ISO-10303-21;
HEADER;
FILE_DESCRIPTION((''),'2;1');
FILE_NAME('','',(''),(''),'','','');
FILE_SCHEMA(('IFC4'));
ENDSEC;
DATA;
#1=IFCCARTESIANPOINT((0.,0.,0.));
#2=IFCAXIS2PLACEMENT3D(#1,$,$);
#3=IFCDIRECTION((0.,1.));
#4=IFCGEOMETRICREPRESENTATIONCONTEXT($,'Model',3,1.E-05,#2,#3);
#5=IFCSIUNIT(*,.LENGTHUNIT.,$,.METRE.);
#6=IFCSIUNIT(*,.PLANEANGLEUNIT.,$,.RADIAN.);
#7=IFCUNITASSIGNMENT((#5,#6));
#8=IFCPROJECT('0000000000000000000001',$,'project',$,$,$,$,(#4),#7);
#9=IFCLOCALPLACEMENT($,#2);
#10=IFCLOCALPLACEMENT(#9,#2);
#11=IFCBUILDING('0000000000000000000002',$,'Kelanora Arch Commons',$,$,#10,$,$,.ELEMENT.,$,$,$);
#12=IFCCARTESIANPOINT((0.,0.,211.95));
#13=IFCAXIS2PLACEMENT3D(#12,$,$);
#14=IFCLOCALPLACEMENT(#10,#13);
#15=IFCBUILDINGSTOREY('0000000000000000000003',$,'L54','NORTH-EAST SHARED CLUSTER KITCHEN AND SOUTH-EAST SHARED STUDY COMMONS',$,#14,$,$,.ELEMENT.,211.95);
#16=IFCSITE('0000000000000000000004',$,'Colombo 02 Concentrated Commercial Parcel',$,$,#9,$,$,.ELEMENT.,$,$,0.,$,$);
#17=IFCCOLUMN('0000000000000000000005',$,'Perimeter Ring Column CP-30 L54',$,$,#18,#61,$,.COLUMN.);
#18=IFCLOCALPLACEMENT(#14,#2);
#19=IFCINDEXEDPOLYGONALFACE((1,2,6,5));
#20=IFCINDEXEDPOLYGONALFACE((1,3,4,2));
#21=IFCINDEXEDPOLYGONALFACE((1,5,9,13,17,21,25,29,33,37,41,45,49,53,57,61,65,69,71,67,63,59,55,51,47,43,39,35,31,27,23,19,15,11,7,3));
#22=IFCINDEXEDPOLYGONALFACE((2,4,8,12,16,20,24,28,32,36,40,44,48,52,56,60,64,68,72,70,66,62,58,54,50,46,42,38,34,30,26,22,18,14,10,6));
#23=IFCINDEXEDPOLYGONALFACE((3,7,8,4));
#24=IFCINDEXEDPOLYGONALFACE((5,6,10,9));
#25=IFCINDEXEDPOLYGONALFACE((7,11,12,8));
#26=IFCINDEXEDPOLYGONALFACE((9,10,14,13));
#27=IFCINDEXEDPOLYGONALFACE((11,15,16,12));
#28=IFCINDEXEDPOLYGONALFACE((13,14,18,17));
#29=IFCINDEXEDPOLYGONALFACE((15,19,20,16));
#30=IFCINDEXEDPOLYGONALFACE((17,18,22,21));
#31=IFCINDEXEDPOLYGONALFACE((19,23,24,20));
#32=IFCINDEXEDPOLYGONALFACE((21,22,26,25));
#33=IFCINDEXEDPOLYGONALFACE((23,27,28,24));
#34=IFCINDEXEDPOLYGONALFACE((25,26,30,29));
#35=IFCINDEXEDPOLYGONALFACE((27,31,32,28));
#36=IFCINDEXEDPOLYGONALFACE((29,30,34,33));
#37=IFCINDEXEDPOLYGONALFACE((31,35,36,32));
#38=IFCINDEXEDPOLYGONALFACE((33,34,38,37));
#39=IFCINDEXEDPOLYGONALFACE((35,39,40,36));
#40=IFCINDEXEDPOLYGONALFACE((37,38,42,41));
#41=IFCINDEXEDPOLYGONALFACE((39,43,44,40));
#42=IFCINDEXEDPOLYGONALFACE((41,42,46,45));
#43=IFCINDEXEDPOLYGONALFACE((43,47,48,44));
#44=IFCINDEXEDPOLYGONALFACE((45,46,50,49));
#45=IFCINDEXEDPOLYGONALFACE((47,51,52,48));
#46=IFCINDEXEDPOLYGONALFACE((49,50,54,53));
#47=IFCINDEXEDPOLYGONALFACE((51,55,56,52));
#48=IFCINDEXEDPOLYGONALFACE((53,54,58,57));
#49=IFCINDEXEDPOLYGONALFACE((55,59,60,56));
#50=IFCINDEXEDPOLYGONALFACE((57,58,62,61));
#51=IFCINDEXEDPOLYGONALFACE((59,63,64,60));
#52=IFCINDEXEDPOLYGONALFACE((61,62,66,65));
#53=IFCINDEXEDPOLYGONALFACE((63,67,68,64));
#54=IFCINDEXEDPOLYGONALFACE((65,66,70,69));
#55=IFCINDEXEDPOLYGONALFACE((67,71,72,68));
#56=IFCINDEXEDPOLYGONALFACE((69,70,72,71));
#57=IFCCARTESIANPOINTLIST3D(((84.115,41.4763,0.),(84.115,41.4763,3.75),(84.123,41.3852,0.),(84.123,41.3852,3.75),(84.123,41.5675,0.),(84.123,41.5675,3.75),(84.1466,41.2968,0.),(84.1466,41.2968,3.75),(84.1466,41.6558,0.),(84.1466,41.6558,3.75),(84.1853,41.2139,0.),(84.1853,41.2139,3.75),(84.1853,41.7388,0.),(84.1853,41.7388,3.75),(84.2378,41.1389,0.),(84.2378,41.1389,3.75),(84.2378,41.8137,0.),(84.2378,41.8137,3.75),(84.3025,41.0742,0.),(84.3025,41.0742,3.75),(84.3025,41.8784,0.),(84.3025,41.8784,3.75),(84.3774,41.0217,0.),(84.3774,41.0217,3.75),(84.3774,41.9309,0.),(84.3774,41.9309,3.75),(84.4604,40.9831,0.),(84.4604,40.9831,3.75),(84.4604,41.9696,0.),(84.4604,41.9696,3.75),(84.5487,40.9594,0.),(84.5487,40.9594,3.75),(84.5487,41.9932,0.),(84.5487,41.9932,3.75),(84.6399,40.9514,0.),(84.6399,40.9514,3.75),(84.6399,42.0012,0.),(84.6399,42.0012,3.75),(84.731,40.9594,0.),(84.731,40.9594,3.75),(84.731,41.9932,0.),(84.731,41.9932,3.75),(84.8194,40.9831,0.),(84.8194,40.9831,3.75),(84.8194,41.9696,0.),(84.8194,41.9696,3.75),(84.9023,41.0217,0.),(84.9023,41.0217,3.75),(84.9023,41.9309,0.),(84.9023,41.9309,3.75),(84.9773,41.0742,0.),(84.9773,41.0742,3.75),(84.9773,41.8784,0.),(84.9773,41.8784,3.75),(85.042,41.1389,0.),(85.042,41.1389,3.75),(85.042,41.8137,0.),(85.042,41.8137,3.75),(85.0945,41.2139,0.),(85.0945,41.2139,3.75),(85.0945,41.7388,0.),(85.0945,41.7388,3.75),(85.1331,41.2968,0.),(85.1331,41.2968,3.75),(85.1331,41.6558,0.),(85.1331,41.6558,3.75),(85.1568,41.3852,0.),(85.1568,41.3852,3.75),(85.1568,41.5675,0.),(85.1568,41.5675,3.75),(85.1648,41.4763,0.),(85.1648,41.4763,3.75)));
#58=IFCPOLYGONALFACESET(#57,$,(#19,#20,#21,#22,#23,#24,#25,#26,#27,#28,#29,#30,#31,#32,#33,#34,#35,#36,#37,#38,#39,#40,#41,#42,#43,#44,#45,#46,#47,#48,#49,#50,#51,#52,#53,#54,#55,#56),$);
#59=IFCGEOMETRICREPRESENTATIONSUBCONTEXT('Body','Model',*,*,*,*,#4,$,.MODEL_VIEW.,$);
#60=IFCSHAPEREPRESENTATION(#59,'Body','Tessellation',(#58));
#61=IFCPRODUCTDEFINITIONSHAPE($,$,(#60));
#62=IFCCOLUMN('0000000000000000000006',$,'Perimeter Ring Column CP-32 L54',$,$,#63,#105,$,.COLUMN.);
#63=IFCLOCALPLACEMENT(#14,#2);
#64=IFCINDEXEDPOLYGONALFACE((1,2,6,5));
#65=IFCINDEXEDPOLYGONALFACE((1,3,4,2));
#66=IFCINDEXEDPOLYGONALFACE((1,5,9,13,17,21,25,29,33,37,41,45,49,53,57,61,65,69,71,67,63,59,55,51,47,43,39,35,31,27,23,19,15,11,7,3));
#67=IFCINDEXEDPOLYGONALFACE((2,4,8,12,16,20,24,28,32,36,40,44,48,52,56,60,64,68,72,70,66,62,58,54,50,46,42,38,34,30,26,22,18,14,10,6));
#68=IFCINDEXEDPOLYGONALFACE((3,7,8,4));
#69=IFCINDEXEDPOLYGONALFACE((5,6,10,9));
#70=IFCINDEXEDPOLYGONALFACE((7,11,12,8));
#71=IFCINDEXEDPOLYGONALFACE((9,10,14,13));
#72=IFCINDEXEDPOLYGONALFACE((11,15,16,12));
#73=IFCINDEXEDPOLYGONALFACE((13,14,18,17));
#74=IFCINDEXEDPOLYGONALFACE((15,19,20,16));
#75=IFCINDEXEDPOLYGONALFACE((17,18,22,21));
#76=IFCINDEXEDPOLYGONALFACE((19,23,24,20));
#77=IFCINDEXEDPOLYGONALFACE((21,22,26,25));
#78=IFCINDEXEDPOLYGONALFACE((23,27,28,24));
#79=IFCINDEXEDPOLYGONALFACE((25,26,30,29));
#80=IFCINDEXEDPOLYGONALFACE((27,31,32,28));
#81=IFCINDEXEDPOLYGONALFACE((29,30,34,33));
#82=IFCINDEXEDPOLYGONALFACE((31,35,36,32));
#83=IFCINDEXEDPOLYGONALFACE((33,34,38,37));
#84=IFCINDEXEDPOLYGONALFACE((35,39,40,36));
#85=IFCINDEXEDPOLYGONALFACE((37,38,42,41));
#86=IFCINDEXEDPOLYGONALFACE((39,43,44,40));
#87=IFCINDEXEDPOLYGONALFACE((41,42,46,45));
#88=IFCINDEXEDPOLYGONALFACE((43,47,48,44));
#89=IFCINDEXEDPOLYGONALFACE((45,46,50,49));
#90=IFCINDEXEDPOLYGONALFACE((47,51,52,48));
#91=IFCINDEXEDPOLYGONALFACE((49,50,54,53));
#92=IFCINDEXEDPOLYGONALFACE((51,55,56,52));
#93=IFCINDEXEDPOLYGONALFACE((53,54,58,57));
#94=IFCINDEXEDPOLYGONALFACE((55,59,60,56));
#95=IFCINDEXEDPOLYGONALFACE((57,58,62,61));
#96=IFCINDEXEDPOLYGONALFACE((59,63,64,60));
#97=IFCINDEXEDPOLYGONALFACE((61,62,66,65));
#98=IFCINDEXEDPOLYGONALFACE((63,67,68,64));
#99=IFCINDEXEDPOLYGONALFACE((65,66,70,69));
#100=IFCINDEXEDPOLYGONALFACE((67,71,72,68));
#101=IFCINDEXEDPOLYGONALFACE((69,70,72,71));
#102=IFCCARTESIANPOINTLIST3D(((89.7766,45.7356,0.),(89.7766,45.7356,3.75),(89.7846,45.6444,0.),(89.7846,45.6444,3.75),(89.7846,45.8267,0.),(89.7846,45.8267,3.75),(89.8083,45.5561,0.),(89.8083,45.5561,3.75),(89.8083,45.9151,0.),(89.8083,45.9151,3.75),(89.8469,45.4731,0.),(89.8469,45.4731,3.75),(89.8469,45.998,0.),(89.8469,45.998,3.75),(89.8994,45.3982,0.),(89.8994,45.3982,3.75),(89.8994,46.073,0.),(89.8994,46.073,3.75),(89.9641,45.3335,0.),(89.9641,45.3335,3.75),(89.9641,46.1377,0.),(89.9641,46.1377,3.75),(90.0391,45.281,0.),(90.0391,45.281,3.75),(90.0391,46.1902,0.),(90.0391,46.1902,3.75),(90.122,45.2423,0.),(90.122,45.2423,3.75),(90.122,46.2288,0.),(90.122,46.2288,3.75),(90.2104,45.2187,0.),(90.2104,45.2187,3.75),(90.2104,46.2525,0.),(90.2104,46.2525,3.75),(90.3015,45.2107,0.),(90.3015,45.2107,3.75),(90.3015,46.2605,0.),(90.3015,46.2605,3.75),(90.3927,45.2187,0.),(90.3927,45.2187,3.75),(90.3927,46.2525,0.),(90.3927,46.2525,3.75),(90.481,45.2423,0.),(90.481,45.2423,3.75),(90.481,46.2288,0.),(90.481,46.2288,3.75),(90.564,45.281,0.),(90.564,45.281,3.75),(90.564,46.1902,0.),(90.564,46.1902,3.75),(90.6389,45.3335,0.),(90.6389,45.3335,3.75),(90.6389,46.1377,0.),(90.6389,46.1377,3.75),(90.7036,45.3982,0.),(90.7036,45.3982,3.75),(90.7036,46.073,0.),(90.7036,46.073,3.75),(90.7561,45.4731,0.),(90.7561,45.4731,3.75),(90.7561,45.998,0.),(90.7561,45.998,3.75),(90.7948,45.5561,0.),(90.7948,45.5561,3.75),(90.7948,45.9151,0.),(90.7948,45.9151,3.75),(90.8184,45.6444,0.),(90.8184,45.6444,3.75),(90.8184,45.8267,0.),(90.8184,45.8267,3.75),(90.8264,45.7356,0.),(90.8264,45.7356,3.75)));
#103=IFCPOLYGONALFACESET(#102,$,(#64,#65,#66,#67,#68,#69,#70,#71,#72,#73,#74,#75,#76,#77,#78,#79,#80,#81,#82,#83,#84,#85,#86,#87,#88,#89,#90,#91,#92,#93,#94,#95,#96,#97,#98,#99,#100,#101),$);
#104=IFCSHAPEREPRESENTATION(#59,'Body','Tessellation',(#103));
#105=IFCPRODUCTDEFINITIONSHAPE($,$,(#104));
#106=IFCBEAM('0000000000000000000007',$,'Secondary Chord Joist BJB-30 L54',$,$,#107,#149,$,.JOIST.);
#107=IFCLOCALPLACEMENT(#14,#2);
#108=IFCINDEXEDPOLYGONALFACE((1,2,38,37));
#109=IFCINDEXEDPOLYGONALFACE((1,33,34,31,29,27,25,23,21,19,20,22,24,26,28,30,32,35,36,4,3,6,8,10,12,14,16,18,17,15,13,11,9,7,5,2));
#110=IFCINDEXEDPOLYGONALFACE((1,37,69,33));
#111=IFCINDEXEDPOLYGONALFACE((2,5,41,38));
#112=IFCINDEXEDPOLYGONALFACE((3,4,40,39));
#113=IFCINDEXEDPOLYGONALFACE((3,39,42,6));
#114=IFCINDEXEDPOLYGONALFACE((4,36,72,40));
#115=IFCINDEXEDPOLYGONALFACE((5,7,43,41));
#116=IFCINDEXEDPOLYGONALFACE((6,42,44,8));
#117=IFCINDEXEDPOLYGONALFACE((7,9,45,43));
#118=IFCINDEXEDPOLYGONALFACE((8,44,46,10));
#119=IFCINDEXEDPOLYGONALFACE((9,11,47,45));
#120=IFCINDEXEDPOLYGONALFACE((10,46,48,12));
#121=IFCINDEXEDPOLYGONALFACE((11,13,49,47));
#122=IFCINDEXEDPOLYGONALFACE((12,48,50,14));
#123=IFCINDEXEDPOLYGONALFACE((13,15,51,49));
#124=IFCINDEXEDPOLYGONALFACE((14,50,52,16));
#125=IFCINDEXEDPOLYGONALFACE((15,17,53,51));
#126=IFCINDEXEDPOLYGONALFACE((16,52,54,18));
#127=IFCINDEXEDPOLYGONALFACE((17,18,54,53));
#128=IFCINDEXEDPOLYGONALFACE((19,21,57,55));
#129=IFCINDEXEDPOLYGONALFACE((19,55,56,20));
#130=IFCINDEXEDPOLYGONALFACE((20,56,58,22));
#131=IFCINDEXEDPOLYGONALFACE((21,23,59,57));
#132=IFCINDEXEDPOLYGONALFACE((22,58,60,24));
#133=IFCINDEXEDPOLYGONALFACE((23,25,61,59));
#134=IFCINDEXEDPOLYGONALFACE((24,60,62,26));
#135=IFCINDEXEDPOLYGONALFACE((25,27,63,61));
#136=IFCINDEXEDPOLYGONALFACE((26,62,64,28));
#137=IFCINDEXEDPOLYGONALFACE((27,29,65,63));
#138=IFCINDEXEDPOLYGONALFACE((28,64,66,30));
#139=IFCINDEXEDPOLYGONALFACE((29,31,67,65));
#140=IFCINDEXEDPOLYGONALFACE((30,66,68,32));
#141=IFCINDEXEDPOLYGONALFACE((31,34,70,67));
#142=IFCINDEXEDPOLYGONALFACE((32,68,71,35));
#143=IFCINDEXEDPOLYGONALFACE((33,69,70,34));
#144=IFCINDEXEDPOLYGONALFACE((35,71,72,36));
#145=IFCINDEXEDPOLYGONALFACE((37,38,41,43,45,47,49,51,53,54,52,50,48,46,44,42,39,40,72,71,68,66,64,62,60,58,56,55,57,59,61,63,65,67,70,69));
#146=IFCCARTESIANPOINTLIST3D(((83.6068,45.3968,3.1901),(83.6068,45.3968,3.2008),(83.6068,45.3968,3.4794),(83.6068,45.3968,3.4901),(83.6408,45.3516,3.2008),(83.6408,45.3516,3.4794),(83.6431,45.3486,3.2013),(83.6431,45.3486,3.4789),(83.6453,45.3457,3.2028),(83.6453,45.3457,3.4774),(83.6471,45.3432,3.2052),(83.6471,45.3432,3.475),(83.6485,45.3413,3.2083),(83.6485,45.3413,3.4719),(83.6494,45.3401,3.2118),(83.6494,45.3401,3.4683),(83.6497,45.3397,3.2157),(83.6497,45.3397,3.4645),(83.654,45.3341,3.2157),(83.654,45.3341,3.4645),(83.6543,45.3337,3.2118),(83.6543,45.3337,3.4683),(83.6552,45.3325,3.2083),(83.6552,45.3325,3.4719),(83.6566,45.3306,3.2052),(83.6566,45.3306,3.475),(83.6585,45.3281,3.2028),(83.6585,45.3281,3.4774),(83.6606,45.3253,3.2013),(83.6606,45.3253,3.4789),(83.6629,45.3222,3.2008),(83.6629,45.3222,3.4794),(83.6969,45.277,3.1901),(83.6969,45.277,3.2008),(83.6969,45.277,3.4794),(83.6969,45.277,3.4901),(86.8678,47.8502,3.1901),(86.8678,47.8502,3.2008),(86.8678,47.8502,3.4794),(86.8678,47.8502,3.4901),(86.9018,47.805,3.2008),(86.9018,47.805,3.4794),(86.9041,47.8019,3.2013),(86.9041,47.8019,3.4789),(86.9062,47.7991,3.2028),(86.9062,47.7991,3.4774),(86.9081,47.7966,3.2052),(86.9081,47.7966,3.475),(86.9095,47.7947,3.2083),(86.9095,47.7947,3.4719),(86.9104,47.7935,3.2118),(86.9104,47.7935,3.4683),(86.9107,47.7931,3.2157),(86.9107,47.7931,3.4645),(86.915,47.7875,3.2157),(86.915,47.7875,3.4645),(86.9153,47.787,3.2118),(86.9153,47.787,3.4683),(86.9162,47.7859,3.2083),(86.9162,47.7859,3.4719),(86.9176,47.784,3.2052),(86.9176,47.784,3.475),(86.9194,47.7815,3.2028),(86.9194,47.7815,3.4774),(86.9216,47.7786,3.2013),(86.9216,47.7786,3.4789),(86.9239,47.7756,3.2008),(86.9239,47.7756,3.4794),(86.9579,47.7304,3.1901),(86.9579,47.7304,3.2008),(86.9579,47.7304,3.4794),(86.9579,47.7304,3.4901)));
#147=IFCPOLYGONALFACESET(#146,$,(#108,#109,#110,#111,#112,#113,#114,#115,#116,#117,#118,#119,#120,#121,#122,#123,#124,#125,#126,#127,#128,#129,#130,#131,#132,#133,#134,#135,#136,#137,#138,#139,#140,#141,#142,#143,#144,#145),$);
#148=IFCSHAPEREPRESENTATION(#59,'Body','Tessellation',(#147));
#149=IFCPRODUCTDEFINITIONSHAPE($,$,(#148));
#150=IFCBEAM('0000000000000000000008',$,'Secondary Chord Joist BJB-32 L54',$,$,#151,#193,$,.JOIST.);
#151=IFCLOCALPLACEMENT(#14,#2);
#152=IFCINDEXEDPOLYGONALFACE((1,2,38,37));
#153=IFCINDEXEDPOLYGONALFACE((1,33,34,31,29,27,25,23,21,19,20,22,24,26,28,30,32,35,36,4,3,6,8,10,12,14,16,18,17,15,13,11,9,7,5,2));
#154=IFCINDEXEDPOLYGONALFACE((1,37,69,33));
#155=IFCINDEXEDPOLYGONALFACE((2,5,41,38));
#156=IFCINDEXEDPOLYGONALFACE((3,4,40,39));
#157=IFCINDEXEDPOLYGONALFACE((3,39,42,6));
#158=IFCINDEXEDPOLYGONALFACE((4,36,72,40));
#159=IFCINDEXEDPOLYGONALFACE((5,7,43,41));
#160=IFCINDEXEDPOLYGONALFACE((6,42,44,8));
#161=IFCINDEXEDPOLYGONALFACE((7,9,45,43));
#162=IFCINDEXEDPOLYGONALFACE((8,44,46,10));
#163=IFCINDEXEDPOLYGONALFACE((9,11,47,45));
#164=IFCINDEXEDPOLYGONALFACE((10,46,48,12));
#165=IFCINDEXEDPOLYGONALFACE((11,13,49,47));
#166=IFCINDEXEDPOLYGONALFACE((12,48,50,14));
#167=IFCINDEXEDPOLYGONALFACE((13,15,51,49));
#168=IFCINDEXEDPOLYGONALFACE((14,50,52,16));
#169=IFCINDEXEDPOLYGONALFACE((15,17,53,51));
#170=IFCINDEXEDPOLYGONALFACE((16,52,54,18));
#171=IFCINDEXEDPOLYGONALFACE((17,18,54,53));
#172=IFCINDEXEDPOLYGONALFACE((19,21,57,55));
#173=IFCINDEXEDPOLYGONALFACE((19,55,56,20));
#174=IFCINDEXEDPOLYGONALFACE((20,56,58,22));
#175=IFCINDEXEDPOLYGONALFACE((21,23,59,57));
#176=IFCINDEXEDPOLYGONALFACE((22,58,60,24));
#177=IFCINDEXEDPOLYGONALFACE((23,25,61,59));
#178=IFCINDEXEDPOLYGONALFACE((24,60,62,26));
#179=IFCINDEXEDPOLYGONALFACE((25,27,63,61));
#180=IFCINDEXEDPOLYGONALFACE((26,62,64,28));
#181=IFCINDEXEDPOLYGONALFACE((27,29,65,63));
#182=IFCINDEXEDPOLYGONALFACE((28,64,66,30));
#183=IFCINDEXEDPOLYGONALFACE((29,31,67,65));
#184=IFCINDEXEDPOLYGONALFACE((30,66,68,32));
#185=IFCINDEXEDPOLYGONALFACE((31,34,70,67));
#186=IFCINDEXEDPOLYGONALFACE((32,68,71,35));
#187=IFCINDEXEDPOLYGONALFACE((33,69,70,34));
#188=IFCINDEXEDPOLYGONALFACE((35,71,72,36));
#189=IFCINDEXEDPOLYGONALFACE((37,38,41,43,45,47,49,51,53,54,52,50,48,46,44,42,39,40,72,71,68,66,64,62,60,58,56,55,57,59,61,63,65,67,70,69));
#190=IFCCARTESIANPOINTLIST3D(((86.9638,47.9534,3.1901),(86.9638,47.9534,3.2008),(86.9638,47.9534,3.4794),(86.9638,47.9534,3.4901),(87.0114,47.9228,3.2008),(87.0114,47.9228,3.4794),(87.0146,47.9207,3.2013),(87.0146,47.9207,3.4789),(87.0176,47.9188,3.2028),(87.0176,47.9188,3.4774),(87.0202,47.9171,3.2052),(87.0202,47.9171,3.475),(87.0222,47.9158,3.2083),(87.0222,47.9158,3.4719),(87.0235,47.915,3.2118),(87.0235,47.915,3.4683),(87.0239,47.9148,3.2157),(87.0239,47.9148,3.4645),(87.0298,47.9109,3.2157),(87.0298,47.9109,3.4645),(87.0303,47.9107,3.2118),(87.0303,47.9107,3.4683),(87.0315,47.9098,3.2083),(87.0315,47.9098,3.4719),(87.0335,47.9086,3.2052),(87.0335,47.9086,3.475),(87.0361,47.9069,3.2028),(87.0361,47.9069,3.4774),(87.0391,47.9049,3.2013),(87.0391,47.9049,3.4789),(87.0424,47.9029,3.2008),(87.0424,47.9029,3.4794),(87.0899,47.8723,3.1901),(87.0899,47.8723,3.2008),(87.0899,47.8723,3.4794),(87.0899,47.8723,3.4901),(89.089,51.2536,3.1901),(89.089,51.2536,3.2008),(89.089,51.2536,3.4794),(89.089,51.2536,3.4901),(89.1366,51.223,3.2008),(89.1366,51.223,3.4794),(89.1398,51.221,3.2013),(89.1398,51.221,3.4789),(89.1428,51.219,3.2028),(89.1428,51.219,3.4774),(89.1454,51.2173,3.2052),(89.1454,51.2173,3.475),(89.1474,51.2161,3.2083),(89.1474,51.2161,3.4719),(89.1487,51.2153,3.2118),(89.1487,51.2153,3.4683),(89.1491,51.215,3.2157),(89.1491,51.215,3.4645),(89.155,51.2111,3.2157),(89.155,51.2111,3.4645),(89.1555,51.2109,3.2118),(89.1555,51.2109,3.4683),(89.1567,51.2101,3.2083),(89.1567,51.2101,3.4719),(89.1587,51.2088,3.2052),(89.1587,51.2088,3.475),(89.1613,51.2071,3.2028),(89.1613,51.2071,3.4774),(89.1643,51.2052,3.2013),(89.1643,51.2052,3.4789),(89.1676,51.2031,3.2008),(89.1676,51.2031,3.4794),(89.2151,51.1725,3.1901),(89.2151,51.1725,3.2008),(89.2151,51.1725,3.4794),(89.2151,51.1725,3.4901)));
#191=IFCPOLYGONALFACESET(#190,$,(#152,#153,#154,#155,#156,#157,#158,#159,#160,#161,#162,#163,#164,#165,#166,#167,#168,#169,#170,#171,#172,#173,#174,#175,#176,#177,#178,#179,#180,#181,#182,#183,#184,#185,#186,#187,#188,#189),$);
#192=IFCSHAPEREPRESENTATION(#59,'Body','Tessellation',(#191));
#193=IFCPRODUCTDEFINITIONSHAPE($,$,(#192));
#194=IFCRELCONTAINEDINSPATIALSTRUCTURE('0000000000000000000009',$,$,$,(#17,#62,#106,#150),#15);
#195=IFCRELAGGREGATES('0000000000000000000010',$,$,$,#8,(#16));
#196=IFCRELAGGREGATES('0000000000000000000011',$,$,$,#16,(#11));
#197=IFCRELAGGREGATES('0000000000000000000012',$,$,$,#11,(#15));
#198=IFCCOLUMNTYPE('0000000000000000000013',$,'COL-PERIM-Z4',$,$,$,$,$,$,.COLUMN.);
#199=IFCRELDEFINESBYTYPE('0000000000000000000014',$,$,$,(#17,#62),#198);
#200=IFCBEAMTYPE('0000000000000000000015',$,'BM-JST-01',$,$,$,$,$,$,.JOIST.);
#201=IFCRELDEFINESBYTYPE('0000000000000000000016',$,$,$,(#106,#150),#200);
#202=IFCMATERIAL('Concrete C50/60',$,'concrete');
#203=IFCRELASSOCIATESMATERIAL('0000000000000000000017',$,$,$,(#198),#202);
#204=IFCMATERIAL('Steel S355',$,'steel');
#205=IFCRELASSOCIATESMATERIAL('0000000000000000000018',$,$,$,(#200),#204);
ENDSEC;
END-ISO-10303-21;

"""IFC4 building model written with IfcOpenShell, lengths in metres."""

from ifc_helpers import new_model, si_unit, direction, frame, origin, origin_2d, place, context, subcontext, project, spatial, circle, i_section, extrude, material, material_profile, profile_set, type_object, element, save


model = new_model("IFC4")

# Units and contexts
model_context = context("Model", 3, precision=1e-05, world=origin(), true_north=direction((0.0, 1.0)))
body_context = subcontext(model_context, "Body", "Model", "MODEL_VIEW")
ifc_project = project(units=[si_unit("LENGTHUNIT", "METRE"), si_unit("PLANEANGLEUNIT", "RADIAN")], contexts=[model_context])

# Site, building, storey
site_placement = place(None, origin())
site = spatial("IfcSite", under=ifc_project, at=site_placement, Name="Colombo 02 Concentrated Commercial Parcel", CompositionType="ELEMENT", RefElevation=0.0)
building_placement = place(site_placement, origin())
building = spatial("IfcBuilding", under=site, at=building_placement, Name="Kelanora Arch Commons", CompositionType="ELEMENT")
storey_placement = place(building_placement, frame((0.0, 0.0, 211.95)))
storey = spatial("IfcBuildingStorey", under=building, at=storey_placement, Name="L54", Description="NORTH-EAST SHARED CLUSTER KITCHEN AND SOUTH-EAST SHARED STUDY COMMONS", CompositionType="ELEMENT", Elevation=211.95)

# Columns
ifc_material_1 = material(Name="Concrete C50/60", Category="concrete")
ifc_material_profile_1 = material_profile(ifc_material_1, circle(Radius=0.5249, at=origin_2d()), Name="RCC1050")
ifc_profile_set_1 = profile_set([ifc_material_profile_1], Name="Concrete C50/60")
column_type = type_object("IfcColumnType", Name="COL-PERIM-Z4", PredefinedType="COLUMN", material=ifc_profile_set_1)
for number, where, z_axis, x_axis, name in (
    (1, (84.6399, 41.4763, 0.0), (0.0, 0.0, 1.0), (1.0, 0.0, 0.0), "Perimeter Ring Column CP-30 L54"),
    (2, (90.3015, 45.7356, 0.0), (0.0, 0.0, 1.0), (1.0, 0.0, 0.0), "Perimeter Ring Column CP-32 L54"),
):
    element("IfcColumn", number, at=place(storey_placement, frame(where, z_axis=z_axis, x_axis=x_axis)), inside=storey, type_object=column_type, Name=name, PredefinedType="COLUMN", context=body_context, shape_type="SweptSolid", body=[
        extrude(circle(Radius=0.5249, at=origin_2d()), origin(), (0.0, 0.0, 1.0), 3.75),
    ])

# Beams
ifc_material_2 = material(Name="Steel S355", Category="steel")
ifc_material_profile_2 = material_profile(ifc_material_2, i_section(OverallWidth=0.1499, OverallDepth=0.3, WebThickness=0.0071, FlangeThickness=0.0107, FilletRadius=0.0149, at=origin_2d()), Name="IPE300")
ifc_profile_set_2 = profile_set([ifc_material_profile_2], Name="Steel S355")
beam_type_1 = type_object("IfcBeamType", Name="BM-JST-01", PredefinedType="JOIST", material=ifc_profile_set_2)
beam_1_placement = place(storey_placement, frame((83.6519, 45.3369, 3.3401), z_axis=(0.799102, 0.601196, 0.0), x_axis=(-0.601196, 0.799102, 0.0)))
element("IfcBeam", 3, at=beam_1_placement, inside=storey, type_object=beam_type_1, Name="Secondary Chord Joist BJB-30 L54", PredefinedType="JOIST", context=body_context, shape_type="SweptSolid", body=[
    extrude(i_section(OverallWidth=0.1499, OverallDepth=0.3, WebThickness=0.0071, FlangeThickness=0.0107, FilletRadius=0.0149, at=origin_2d()), origin(), (0.0, 0.0, 1.0), 4.0808),
])
beam_2_placement = place(storey_placement, frame((87.0269, 47.9128, 3.3401), z_axis=(0.541411, 0.840758, 0.0), x_axis=(-0.840758, 0.541411, 0.0)))
element("IfcBeam", 4, at=beam_2_placement, inside=storey, type_object=beam_type_1, Name="Secondary Chord Joist BJB-32 L54", PredefinedType="JOIST", context=body_context, shape_type="SweptSolid", body=[
    extrude(i_section(OverallWidth=0.1499, OverallDepth=0.3, WebThickness=0.0071, FlangeThickness=0.0107, FilletRadius=0.0149, at=origin_2d()), origin(), (0.0, 0.0, 1.0), 3.9253),
])

save(model, "model.ifc")
